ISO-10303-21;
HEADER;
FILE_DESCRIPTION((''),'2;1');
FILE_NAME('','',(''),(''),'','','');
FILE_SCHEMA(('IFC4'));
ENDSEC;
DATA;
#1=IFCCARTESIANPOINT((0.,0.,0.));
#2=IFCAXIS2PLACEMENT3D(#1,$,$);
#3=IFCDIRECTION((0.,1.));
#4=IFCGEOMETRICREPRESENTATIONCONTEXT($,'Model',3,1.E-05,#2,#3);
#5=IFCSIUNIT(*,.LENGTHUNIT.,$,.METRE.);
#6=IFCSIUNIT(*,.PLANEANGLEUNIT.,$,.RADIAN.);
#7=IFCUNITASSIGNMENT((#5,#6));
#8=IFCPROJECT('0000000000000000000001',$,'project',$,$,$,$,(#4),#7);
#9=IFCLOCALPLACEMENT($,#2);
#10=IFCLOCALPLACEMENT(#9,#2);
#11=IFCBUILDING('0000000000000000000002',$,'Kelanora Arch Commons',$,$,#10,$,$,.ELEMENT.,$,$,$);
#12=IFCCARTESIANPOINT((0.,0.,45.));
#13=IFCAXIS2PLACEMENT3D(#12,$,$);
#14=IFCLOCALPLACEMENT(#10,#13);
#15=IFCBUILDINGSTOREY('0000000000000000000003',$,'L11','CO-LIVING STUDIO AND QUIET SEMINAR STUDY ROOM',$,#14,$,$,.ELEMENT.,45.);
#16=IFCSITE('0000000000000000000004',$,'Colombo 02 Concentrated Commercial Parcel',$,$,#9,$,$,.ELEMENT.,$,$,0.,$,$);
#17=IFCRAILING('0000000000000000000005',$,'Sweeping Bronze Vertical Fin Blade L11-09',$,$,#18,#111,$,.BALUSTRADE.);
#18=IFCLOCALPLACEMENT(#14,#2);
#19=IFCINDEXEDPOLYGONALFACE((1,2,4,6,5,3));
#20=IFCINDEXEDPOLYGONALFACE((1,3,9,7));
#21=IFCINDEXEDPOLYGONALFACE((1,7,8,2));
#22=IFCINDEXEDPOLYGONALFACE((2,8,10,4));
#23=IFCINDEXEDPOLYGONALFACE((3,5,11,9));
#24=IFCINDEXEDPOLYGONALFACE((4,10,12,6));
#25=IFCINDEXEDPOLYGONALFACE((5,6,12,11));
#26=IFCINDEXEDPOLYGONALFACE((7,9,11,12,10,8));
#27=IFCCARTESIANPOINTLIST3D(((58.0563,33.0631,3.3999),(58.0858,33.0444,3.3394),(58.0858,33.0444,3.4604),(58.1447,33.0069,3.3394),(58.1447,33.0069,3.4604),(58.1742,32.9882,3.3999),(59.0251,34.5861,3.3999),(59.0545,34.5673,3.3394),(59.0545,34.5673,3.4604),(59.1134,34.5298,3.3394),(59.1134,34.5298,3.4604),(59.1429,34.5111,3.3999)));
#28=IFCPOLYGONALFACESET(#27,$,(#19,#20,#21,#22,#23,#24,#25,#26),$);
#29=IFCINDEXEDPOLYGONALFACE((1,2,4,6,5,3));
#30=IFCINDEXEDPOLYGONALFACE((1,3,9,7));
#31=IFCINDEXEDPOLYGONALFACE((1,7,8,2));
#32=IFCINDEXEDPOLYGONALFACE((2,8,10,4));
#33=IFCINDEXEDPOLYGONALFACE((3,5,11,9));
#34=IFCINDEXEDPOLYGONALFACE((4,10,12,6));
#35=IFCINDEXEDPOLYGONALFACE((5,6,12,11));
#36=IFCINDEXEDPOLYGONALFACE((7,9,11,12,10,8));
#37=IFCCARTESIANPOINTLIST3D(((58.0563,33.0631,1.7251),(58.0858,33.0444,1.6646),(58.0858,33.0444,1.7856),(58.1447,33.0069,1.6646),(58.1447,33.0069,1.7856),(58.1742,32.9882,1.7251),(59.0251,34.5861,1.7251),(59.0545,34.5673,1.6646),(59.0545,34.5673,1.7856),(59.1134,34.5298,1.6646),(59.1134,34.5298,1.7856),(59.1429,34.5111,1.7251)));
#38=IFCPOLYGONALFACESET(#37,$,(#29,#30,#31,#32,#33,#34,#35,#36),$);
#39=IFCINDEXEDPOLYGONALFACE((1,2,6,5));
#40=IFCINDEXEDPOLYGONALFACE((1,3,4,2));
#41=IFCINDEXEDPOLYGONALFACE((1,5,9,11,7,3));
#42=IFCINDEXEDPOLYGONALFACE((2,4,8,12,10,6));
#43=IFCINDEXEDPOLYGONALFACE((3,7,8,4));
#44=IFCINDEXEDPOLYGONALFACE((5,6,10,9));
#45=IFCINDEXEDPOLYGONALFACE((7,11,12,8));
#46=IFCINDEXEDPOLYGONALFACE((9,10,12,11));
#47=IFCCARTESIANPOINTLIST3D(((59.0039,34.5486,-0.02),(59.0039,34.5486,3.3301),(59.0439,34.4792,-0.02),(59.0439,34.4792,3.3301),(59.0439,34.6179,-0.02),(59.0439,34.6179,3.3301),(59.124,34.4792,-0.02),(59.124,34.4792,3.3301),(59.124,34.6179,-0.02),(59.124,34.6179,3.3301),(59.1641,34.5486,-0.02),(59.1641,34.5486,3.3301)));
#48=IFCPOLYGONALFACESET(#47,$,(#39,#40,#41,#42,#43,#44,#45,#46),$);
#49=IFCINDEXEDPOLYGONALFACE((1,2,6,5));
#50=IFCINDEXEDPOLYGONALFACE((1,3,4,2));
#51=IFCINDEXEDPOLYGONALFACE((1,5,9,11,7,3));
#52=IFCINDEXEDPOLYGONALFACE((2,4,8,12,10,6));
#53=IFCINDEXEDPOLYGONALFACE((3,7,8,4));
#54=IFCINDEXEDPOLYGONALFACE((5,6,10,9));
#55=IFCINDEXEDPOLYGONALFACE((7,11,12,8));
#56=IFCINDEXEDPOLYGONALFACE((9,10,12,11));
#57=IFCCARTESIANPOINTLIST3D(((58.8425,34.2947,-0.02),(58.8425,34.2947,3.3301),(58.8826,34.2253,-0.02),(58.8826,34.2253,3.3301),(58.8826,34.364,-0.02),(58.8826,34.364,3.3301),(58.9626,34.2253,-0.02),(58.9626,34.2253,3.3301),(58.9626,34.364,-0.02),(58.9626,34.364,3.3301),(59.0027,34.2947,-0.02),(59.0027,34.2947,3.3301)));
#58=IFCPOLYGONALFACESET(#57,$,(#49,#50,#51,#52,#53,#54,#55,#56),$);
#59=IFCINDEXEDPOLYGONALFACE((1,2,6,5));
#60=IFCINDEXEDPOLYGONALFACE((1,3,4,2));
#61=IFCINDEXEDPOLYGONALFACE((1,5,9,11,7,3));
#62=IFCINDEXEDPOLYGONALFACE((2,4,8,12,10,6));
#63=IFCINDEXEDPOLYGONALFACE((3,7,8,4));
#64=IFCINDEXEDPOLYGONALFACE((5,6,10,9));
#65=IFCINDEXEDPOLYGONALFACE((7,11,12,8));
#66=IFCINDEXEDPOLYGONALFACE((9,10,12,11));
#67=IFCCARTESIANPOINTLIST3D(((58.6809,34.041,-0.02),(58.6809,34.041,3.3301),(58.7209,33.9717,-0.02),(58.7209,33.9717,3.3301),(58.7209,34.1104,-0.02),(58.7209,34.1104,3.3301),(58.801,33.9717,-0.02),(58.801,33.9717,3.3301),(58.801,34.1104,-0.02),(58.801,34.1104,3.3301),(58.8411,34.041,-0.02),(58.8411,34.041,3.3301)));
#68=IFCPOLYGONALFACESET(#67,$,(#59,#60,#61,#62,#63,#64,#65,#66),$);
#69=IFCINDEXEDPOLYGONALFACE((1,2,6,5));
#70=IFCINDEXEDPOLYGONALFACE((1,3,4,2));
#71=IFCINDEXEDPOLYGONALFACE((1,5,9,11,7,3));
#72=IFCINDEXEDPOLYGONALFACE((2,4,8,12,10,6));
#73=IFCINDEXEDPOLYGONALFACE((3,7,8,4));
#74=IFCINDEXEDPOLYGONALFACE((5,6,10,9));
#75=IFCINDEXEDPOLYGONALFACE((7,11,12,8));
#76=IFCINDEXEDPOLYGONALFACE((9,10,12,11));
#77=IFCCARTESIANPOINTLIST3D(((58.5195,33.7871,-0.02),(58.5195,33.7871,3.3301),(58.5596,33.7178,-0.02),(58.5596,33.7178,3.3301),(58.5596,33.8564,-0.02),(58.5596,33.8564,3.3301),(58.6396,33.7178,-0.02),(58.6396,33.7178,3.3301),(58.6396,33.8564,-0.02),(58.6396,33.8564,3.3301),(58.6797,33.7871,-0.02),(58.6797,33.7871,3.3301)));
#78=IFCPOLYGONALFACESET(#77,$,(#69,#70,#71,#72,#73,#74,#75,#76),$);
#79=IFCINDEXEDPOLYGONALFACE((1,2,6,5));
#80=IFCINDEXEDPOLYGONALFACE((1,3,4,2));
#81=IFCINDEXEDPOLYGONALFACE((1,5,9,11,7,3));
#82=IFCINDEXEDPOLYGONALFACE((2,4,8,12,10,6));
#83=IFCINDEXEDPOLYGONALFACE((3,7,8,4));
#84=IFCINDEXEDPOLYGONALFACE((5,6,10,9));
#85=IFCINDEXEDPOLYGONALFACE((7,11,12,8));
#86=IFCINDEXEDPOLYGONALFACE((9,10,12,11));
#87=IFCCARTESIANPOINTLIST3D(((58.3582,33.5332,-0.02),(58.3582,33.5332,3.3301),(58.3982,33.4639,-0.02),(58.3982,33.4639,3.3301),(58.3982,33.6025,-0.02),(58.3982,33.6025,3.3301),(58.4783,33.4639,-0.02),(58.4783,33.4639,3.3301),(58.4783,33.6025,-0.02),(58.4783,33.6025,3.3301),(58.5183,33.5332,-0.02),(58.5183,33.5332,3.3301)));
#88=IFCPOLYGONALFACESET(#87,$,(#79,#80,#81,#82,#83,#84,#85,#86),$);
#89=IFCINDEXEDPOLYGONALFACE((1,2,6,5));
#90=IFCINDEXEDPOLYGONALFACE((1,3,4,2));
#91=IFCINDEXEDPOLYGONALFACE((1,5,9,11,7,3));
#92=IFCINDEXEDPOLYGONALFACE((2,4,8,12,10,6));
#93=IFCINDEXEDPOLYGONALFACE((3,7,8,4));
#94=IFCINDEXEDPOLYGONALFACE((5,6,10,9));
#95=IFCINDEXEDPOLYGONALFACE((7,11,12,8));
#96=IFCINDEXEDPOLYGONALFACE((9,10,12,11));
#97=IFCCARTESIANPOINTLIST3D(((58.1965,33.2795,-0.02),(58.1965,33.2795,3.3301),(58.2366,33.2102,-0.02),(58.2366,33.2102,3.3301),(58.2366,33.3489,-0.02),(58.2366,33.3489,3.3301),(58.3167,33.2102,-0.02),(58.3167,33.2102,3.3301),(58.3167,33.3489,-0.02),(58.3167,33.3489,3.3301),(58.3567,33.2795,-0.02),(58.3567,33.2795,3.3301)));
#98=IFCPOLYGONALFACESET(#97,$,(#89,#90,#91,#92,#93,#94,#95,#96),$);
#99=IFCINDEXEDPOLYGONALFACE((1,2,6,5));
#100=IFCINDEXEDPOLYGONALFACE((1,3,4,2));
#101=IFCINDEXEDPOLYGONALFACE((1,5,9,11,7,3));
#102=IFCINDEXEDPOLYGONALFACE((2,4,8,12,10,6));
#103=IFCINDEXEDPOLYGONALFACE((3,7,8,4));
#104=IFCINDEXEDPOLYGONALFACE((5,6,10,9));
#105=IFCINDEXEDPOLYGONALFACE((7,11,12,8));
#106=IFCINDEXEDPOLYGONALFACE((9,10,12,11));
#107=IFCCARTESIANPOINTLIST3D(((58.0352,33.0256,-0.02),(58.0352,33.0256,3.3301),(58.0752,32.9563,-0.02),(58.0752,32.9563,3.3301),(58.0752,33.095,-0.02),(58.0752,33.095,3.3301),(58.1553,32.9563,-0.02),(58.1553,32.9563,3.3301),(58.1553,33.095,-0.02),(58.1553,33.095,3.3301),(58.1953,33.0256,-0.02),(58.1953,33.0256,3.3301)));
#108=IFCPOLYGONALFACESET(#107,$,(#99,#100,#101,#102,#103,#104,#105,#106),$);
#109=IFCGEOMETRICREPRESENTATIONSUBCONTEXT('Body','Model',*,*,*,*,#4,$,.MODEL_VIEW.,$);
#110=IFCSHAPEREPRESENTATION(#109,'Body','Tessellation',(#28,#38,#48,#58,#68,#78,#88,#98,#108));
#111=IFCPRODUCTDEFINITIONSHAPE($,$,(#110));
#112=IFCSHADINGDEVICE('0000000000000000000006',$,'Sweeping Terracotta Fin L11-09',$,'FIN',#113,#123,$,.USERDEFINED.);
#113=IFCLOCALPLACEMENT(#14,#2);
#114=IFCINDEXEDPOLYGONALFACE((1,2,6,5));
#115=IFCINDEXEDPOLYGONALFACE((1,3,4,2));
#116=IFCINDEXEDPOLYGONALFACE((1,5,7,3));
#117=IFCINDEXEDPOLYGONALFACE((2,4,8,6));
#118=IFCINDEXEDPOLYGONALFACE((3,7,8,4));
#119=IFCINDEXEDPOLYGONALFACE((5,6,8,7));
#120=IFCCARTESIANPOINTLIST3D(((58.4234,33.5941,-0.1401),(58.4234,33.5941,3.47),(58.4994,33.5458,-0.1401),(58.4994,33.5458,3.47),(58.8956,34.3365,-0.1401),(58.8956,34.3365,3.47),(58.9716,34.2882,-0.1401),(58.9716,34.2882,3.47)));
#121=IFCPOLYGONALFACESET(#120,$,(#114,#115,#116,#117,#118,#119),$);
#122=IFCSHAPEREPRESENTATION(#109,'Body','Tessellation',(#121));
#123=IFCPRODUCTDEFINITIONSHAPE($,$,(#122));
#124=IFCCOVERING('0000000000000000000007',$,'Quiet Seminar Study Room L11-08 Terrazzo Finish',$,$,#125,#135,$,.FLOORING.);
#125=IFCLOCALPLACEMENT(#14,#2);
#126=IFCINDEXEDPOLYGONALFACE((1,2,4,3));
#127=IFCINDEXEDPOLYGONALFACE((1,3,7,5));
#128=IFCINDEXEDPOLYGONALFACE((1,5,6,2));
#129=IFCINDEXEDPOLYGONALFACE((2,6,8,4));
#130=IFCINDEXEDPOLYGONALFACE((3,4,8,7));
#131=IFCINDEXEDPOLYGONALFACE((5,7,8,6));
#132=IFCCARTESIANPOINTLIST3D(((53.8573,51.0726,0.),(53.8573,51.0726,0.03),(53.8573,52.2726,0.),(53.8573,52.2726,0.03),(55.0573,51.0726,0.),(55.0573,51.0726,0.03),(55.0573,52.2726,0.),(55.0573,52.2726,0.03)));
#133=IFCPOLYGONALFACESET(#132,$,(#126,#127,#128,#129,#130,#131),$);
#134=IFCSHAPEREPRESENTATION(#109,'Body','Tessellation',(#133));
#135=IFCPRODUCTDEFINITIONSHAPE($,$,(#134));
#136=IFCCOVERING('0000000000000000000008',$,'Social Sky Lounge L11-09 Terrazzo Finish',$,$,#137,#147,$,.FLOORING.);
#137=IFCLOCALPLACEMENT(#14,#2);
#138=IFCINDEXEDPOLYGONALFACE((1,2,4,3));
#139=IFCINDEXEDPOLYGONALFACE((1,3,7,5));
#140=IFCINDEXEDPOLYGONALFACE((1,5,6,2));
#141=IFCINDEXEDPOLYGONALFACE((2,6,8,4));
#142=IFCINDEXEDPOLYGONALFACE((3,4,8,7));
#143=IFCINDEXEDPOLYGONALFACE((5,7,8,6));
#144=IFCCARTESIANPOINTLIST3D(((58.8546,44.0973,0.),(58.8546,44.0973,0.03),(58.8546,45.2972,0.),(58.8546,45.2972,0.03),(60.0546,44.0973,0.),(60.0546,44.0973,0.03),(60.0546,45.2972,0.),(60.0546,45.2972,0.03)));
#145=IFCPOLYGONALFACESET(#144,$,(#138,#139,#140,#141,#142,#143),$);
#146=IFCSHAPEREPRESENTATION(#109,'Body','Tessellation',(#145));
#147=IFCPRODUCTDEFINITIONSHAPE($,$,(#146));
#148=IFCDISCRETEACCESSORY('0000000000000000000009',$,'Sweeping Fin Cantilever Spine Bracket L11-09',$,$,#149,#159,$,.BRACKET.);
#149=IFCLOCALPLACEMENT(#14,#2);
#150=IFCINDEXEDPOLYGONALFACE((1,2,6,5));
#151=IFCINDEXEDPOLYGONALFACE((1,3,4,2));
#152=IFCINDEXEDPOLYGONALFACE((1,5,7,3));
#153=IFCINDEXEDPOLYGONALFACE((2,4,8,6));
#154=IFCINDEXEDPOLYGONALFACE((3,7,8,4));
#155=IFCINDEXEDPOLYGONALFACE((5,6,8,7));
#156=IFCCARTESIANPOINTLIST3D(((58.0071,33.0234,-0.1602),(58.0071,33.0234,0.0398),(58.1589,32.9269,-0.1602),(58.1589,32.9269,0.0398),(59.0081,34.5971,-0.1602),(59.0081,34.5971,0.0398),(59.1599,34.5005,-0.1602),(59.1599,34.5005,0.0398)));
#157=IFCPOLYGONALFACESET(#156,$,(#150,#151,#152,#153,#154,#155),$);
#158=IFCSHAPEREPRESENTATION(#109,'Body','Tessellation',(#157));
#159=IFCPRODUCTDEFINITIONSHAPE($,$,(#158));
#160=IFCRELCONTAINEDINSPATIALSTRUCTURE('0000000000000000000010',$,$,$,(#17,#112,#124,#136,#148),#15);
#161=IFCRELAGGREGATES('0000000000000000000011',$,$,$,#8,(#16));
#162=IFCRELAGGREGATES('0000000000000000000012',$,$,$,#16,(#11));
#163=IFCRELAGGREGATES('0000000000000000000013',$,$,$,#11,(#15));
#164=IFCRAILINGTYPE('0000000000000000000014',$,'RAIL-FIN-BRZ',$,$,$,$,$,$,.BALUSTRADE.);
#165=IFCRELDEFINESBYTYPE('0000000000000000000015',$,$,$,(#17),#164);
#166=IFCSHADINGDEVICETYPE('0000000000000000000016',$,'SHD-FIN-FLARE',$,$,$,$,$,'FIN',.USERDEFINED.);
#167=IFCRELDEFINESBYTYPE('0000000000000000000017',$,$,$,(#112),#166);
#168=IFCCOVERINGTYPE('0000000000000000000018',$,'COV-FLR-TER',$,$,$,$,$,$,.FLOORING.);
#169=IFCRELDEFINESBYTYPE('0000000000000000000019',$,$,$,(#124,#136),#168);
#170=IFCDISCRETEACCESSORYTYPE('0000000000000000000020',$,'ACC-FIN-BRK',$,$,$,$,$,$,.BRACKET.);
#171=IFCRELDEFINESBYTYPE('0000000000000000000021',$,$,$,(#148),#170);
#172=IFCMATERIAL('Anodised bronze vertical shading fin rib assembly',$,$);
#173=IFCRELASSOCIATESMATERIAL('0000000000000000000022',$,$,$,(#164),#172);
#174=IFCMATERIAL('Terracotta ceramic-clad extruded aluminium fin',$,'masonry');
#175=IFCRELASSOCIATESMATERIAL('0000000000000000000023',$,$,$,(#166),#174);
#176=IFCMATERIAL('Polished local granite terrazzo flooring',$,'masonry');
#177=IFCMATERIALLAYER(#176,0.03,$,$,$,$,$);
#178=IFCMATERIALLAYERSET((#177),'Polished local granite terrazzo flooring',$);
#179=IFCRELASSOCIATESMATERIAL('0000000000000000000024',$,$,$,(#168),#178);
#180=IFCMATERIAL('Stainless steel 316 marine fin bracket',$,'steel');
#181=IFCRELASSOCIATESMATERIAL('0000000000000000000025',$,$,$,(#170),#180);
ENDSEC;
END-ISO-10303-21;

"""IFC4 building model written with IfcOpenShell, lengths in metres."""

from ifc_helpers import new_model, si_unit, direction, frame, origin, origin_2d, place, context, subcontext, project, spatial, polyline, rectangle, outline, extrude, source, transform, mapped, material, layer, layer_set, type_object, element, save


model = new_model("IFC4")

# Units and contexts
model_context = context("Model", 3, precision=1e-05, world=origin(), true_north=direction((0.0, 1.0)))
body_context = subcontext(model_context, "Body", "Model", "MODEL_VIEW")
ifc_project = project(units=[si_unit("LENGTHUNIT", "METRE"), si_unit("PLANEANGLEUNIT", "RADIAN")], contexts=[model_context])

# Site, building, storey
site_placement = place(None, origin())
site = spatial("IfcSite", under=ifc_project, at=site_placement, Name="Colombo 02 Concentrated Commercial Parcel", CompositionType="ELEMENT", RefElevation=0.0)
building_placement = place(site_placement, origin())
building = spatial("IfcBuilding", under=site, at=building_placement, Name="Kelanora Arch Commons", CompositionType="ELEMENT")
storey_placement = place(building_placement, frame((0.0, 0.0, 45.0)))
storey = spatial("IfcBuildingStorey", under=building, at=storey_placement, Name="L11", Description="CO-LIVING STUDIO AND QUIET SEMINAR STUDY ROOM", CompositionType="ELEMENT", Elevation=45.0)

# Railing
ifc_material_1 = material(Name="Anodised bronze vertical shading fin rib assembly")
railing_type = type_object("IfcRailingType", Name="RAIL-FIN-BRZ", PredefinedType="BALUSTRADE", material=ifc_material_1)
railing_placement = place(storey_placement, frame((59.084, 34.5486, -0.02)))
element("IfcRailing", 1, at=railing_placement, inside=storey, type_object=railing_type, Name="Sweeping Bronze Vertical Fin Blade L11-09", PredefinedType="BALUSTRADE", context=body_context, shape_type="SweptSolid", body=[
    extrude(outline(polyline([(0.0698, 0.0), (0.0349, 0.0605), (-0.0349, 0.0605), (-0.0698, 0.0), (-0.0349, -0.0605), (0.0349, -0.0605), (0.0698, 0.0)])), frame((0.0, 0.0, 3.4199), z_axis=(-0.536718, -0.843762, 0.0), x_axis=(0.843762, -0.536718, 0.0)), (0.0, 0.0, 1.0), 1.8049),
    extrude(outline(polyline([(0.0698, 0.0), (0.0349, 0.0605), (-0.0349, 0.0605), (-0.0698, 0.0), (-0.0349, -0.0605), (0.0349, -0.0605), (0.0698, 0.0)])), frame((0.0, 0.0, 1.7451), z_axis=(-0.536718, -0.843762, 0.0), x_axis=(0.843762, -0.536718, 0.0)), (0.0, 0.0, 1.0), 1.8049),
    extrude(outline(polyline([(0.0801, 0.0), (0.04, 0.0693), (-0.04, 0.0693), (-0.0801, 0.0), (-0.04, -0.0693), (0.04, -0.0693), (0.0801, 0.0)])), origin(), (0.0, 0.0, 1.0), 3.3501),
    extrude(outline(polyline([(0.0801, 0.0), (0.04, 0.0693), (-0.04, 0.0693), (-0.0801, 0.0), (-0.04, -0.0693), (0.04, -0.0693), (0.0801, 0.0)])), frame((-0.1614, -0.2539, 0.0)), (0.0, 0.0, 1.0), 3.3501),
    extrude(outline(polyline([(0.0801, 0.0), (0.04, 0.0693), (-0.04, 0.0693), (-0.0801, 0.0), (-0.04, -0.0693), (0.04, -0.0693), (0.0801, 0.0)])), frame((-0.323, -0.5076, 0.0)), (0.0, 0.0, 1.0), 3.3501),
    extrude(outline(polyline([(0.0801, 0.0), (0.04, 0.0693), (-0.04, 0.0693), (-0.0801, 0.0), (-0.04, -0.0693), (0.04, -0.0693), (0.0801, 0.0)])), frame((-0.4844, -0.7615, 0.0)), (0.0, 0.0, 1.0), 3.3501),
    extrude(outline(polyline([(0.0801, 0.0), (0.04, 0.0693), (-0.04, 0.0693), (-0.0801, 0.0), (-0.04, -0.0693), (0.04, -0.0693), (0.0801, 0.0)])), frame((-0.6458, -1.0154, 0.0)), (0.0, 0.0, 1.0), 3.3501),
    extrude(outline(polyline([(0.0801, 0.0), (0.04, 0.0693), (-0.04, 0.0693), (-0.0801, 0.0), (-0.04, -0.0693), (0.04, -0.0693), (0.0801, 0.0)])), frame((-0.8074, -1.269, 0.0)), (0.0, 0.0, 1.0), 3.3501),
    extrude(outline(polyline([(0.0801, 0.0), (0.04, 0.0693), (-0.04, 0.0693), (-0.0801, 0.0), (-0.04, -0.0693), (0.04, -0.0693), (0.0801, 0.0)])), frame((-0.9688, -1.5229, 0.0)), (0.0, 0.0, 1.0), 3.3501),
])

# Shading device
ifc_material_2 = material(Name="Terracotta ceramic-clad extruded aluminium fin", Category="masonry")
shading_device_type = type_object("IfcShadingDeviceType", Name="SHD-FIN-FLARE", ElementType="FIN", PredefinedType="USERDEFINED", material=ifc_material_2)
shared_shape_1 = source(origin(), body_context, "Body", "SweptSolid", [
    extrude(rectangle(XDim=0.8799, YDim=0.0901, at=origin_2d()), origin(), (0.0, 0.0, 1.0), 3.6101),
])
shading_device_placement = place(storey_placement, frame((58.6975, 33.9412, -0.1401), z_axis=(0.0, 0.0, 1.0), x_axis=(-0.536711, -0.843766, 0.0)))
element("IfcShadingDevice", 2, at=shading_device_placement, inside=storey, type_object=shading_device_type, Name="Sweeping Terracotta Fin L11-09", ObjectType="FIN", PredefinedType="USERDEFINED", context=body_context, shape_type="MappedRepresentation", body=[
    mapped(shared_shape_1, transform((0.0, 0.0, 0.0), scale=1.0)),
])

# Coverings
ifc_material_3 = material(Name="Polished local granite terrazzo flooring", Category="masonry")
ifc_layer_1 = layer(ifc_material_3, 0.03)
ifc_layer_set_1 = layer_set([ifc_layer_1], Name="Polished local granite terrazzo flooring")
covering_type = type_object("IfcCoveringType", Name="COV-FLR-TER", PredefinedType="FLOORING", material=ifc_layer_set_1)
shared_shape_2 = source(origin(), body_context, "Body", "SweptSolid", [
    extrude(rectangle(XDim=1.2, YDim=1.2, at=origin_2d()), origin(), (0.0, 0.0, 1.0), 0.03),
])
for number, where, z_axis, x_axis, name in (
    (3, (54.4573, 51.6726, 0.0), (0.0, 0.0, 1.0), (1.0, 0.0, 0.0), "Quiet Seminar Study Room L11-08 Terrazzo Finish"),
    (4, (59.4546, 44.6973, 0.0), (0.0, 0.0, 1.0), (1.0, 0.0, 0.0), "Social Sky Lounge L11-09 Terrazzo Finish"),
):
    element("IfcCovering", number, at=place(storey_placement, frame(where, z_axis=z_axis, x_axis=x_axis)), inside=storey, type_object=covering_type, Name=name, PredefinedType="FLOORING", context=body_context, shape_type="MappedRepresentation", body=[
        mapped(shared_shape_2, transform((0.0, 0.0, 0.0), scale=1.0)),
    ])

# Discrete accessory
ifc_material_4 = material(Name="Stainless steel 316 marine fin bracket", Category="steel")
discrete_accessory_type = type_object("IfcDiscreteAccessoryType", Name="ACC-FIN-BRK", PredefinedType="BRACKET", material=ifc_material_4)
shared_shape_3 = source(origin(), body_context, "Body", "SweptSolid", [
    extrude(rectangle(XDim=1.865, YDim=0.1799, at=origin_2d()), origin(), (0.0, 0.0, 1.0), 0.2),
])
discrete_accessory_placement = place(storey_placement, frame((58.5835, 33.762, -0.1602), z_axis=(0.0, 0.0, 1.0), x_axis=(-0.536711, -0.843766, 0.0)))
element("IfcDiscreteAccessory", 5, at=discrete_accessory_placement, inside=storey, type_object=discrete_accessory_type, Name="Sweeping Fin Cantilever Spine Bracket L11-09", PredefinedType="BRACKET", context=body_context, shape_type="MappedRepresentation", body=[
    mapped(shared_shape_3, transform((0.0, 0.0, 0.0), scale=1.0)),
])

save(model, "model.ifc")
